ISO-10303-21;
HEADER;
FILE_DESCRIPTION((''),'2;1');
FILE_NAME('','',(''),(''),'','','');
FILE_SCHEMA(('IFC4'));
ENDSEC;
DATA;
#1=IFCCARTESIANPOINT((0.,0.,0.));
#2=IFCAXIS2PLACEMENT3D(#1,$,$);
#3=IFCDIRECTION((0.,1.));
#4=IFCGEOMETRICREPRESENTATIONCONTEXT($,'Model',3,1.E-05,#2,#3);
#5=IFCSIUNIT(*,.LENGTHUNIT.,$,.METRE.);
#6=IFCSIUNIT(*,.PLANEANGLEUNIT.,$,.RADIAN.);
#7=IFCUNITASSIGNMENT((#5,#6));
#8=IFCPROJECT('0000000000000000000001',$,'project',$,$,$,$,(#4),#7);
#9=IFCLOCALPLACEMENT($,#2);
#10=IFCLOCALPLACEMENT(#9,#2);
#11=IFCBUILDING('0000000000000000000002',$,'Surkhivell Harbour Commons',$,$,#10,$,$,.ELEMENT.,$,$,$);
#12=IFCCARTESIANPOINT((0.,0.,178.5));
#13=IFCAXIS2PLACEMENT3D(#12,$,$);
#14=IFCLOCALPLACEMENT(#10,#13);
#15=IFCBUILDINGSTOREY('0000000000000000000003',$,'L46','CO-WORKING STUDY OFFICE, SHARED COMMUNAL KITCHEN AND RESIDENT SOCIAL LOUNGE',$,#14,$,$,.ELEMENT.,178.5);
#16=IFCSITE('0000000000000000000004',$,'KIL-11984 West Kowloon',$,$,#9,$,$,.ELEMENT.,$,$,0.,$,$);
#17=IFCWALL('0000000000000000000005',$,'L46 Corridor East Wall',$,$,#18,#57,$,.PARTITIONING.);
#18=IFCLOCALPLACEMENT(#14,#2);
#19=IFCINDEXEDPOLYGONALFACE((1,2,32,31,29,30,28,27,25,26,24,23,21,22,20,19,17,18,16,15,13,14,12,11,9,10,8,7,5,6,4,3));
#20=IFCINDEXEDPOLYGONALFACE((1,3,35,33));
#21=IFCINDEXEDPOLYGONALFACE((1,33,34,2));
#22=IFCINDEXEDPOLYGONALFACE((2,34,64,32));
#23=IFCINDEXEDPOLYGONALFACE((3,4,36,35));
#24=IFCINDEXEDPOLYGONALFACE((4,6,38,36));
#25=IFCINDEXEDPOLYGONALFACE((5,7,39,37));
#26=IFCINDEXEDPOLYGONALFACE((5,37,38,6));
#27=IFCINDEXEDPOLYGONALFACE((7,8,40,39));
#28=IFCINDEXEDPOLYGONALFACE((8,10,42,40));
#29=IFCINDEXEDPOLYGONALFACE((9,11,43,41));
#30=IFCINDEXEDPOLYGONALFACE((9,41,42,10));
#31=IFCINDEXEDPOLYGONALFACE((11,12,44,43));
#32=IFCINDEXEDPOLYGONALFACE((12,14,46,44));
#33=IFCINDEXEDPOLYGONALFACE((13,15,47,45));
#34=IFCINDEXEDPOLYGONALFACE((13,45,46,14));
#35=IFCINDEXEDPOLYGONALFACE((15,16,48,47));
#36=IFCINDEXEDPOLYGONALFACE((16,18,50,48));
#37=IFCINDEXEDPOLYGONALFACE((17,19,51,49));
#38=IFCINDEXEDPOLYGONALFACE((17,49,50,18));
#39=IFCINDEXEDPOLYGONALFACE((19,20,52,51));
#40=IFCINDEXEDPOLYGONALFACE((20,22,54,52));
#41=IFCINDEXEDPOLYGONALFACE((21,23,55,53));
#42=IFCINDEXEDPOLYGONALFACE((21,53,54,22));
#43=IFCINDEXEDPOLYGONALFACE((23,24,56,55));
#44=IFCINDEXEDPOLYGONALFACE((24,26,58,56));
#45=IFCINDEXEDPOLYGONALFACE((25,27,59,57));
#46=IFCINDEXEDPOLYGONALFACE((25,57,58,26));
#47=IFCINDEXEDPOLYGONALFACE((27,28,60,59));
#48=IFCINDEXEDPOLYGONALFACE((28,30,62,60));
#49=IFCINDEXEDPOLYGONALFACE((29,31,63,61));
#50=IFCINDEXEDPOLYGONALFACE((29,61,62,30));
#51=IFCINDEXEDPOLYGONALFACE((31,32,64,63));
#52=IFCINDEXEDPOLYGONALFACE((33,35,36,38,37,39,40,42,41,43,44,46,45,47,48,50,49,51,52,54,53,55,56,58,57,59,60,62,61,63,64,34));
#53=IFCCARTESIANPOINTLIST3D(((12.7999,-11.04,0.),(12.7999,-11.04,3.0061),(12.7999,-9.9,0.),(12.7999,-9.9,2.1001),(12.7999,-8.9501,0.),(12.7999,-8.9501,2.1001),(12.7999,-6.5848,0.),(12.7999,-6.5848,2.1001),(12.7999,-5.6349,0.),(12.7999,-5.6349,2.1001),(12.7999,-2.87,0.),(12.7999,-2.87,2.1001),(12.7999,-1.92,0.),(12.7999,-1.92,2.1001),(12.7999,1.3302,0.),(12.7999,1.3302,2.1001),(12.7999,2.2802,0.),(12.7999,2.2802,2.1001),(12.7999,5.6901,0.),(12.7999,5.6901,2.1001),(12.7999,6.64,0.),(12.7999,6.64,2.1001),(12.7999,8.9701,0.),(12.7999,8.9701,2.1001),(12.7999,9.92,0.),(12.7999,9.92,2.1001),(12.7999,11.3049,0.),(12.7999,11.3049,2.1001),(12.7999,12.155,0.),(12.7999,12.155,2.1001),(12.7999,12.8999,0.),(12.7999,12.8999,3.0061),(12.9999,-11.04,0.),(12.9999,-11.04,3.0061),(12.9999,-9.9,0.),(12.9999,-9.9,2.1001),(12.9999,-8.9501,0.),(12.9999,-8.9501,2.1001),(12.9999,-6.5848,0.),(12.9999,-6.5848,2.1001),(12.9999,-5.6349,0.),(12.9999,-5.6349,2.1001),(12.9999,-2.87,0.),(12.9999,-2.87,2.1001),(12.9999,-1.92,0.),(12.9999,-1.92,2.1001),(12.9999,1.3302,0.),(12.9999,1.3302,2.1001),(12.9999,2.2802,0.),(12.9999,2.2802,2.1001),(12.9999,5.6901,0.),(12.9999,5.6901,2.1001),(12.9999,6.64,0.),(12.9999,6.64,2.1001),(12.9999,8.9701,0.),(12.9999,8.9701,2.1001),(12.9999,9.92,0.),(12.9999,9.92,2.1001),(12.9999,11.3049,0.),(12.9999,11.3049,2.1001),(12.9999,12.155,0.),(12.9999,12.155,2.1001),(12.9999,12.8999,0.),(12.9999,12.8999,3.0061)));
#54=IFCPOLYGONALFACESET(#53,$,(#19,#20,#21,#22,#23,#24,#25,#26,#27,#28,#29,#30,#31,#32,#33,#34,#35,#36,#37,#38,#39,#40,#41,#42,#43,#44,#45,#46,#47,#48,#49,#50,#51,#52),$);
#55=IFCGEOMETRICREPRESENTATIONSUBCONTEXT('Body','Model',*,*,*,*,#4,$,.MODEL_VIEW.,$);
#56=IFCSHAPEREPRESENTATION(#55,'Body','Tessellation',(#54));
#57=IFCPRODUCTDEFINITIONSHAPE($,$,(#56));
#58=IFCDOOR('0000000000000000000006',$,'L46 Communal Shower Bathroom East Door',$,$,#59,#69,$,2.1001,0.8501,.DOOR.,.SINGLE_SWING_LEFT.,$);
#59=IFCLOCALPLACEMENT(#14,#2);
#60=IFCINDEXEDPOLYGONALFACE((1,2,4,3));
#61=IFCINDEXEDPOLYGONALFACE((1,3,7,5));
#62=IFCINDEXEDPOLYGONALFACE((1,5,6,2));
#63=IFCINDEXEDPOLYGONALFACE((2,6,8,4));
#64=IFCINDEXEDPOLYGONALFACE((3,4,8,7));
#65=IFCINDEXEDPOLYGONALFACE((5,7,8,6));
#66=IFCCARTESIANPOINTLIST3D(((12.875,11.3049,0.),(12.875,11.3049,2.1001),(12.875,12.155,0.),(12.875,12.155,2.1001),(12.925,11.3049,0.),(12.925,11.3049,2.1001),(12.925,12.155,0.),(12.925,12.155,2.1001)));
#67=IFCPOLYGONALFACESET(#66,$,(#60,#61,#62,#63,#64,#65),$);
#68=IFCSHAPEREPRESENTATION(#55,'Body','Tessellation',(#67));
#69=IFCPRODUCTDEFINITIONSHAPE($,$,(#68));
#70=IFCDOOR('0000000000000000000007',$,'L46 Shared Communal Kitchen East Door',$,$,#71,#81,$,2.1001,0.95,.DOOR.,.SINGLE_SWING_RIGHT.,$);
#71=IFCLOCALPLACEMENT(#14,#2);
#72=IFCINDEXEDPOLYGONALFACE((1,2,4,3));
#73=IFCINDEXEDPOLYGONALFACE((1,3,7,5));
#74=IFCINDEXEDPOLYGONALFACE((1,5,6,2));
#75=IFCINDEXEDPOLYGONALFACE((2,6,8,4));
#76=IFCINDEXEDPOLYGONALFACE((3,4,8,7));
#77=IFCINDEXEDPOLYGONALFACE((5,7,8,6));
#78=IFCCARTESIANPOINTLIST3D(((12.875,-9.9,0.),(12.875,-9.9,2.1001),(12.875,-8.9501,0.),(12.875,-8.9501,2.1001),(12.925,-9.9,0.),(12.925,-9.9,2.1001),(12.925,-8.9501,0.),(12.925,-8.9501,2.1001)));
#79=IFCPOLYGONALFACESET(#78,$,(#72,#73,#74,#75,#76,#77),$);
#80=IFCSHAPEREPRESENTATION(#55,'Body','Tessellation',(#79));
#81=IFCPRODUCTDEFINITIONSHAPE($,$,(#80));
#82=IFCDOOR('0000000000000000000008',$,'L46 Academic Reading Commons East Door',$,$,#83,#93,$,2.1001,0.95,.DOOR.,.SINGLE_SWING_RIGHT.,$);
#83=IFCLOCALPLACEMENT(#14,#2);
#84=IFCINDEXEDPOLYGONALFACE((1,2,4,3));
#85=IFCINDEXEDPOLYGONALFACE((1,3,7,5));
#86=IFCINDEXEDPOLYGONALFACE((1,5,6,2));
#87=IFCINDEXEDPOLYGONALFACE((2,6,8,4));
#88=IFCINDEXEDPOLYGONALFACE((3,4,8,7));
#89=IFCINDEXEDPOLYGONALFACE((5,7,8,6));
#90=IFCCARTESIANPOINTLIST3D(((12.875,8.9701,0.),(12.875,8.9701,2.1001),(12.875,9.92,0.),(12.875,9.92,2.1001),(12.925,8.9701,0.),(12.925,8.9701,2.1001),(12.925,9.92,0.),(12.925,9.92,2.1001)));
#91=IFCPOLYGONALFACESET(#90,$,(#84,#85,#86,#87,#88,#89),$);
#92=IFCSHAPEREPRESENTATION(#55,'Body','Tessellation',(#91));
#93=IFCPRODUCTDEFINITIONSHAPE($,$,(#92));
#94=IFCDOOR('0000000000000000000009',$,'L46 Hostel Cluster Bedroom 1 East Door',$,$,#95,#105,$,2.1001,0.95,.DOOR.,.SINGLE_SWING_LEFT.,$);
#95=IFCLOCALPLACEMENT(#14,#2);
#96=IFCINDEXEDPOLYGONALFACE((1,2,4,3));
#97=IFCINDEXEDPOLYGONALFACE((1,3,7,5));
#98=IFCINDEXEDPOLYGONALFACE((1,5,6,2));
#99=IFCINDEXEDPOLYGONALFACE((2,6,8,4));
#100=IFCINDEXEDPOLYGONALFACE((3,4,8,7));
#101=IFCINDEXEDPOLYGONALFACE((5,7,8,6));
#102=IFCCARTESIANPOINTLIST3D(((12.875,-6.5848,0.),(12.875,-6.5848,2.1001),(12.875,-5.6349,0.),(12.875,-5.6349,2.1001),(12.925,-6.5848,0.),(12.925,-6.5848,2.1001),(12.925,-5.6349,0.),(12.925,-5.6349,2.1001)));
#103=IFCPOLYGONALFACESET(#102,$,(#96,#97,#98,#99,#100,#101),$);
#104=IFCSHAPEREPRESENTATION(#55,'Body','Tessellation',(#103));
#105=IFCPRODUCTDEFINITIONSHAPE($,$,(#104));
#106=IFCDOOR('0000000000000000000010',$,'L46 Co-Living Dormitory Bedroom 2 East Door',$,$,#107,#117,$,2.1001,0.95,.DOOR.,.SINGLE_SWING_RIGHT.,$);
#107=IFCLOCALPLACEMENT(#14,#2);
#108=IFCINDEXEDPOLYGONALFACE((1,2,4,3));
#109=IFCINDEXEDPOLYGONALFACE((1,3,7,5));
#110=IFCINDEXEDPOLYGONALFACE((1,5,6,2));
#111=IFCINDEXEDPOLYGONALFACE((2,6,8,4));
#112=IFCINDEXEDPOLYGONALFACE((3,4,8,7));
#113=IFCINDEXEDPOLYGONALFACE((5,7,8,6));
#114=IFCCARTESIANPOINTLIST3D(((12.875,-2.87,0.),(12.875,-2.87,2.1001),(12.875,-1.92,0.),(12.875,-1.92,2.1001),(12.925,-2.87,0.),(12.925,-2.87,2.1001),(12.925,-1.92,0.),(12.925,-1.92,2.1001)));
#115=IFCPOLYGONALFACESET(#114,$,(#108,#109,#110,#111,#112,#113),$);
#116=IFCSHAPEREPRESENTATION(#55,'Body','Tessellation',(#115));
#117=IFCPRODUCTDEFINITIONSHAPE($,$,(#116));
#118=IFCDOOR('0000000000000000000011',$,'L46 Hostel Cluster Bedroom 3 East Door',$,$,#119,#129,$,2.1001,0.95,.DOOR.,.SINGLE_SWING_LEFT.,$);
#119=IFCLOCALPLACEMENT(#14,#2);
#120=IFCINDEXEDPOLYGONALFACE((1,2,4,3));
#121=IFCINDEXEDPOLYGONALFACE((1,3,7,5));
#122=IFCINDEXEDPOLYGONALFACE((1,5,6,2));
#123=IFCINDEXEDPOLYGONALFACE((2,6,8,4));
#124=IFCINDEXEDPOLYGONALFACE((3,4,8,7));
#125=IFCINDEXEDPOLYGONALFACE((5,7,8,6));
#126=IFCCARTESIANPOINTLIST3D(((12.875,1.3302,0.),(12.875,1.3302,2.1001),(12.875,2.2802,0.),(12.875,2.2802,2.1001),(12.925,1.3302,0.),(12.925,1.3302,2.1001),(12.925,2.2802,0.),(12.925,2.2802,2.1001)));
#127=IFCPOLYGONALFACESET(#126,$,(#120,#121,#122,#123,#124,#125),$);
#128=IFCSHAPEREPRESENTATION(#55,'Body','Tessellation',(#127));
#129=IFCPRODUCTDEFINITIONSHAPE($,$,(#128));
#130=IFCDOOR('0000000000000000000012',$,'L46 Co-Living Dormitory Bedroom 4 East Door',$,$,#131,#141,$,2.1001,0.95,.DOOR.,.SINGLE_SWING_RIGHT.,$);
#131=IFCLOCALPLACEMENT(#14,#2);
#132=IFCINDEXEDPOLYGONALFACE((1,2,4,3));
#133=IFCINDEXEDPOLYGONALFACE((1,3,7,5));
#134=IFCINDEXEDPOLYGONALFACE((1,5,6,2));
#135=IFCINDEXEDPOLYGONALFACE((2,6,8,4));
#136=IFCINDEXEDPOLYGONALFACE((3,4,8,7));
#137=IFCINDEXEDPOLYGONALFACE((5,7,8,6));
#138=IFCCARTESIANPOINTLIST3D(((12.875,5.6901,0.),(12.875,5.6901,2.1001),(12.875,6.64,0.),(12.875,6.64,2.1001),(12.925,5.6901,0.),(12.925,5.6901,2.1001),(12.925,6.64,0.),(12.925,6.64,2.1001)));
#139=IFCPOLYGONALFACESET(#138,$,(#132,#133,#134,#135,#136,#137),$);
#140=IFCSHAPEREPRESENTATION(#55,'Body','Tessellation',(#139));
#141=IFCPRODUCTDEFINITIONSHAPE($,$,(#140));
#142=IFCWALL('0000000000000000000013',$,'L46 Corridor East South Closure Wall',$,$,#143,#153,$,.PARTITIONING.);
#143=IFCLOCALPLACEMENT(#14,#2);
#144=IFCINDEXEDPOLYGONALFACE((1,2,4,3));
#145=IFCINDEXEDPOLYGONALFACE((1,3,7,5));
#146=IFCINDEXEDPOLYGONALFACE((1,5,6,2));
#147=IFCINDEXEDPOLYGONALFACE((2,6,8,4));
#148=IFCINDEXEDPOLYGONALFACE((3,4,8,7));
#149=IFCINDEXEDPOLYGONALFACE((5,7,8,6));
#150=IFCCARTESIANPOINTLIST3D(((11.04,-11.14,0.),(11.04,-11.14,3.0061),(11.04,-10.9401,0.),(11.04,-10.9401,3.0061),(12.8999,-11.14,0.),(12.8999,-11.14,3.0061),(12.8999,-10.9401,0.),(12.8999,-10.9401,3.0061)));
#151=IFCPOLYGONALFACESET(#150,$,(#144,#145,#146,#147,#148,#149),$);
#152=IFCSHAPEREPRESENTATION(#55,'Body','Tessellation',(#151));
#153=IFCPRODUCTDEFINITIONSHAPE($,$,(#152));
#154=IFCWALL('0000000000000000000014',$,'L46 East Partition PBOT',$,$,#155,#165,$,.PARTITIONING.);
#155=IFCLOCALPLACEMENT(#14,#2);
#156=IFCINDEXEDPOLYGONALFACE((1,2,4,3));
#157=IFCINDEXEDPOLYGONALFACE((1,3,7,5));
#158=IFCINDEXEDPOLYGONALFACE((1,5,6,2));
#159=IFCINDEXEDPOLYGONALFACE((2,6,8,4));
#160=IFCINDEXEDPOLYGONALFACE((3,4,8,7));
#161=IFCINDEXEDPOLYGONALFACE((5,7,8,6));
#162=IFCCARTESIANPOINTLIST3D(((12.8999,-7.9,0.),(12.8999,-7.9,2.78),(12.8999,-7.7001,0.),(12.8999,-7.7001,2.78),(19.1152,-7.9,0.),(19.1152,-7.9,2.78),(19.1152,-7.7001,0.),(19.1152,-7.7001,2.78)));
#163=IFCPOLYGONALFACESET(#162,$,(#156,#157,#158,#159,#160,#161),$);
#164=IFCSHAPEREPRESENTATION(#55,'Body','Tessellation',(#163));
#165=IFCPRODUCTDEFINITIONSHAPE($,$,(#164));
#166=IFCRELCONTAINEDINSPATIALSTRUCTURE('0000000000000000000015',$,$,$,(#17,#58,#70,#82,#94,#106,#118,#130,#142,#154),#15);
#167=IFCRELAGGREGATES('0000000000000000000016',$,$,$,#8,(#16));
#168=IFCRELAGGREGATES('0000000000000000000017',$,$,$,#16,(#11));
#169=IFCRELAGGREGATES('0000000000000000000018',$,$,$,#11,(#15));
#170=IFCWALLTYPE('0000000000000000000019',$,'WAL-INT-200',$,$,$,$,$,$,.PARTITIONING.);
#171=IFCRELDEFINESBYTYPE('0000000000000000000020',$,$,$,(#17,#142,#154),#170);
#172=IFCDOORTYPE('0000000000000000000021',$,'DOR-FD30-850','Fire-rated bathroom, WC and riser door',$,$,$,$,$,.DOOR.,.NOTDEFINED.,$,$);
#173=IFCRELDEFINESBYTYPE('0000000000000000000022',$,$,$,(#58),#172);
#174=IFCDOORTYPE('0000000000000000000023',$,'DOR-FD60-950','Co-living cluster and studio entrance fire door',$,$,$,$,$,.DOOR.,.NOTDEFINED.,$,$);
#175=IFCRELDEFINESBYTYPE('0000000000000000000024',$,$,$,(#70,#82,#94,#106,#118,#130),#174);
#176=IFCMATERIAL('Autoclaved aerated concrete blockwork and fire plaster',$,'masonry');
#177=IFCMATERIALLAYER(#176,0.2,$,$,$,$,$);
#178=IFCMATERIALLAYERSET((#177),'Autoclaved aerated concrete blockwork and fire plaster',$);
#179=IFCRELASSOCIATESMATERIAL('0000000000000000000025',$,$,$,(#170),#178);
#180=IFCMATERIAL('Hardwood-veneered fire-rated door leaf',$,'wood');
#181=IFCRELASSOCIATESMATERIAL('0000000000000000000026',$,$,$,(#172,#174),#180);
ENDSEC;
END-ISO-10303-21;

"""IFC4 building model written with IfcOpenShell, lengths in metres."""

from ifc_helpers import new_model, si_unit, direction, frame, frame_2d, origin, place, context, subcontext, project, spatial, rectangle, extrude, material, layer, layer_set, type_object, element, fill, save


model = new_model("IFC4")

# Units and contexts
model_context = context("Model", 3, precision=1e-05, world=origin(), true_north=direction((0.0, 1.0)))
body_context = subcontext(model_context, "Body", "Model", "MODEL_VIEW")
ifc_project = project(units=[si_unit("LENGTHUNIT", "METRE"), si_unit("PLANEANGLEUNIT", "RADIAN")], contexts=[model_context])

# Site, building, storey
site_placement = place(None, origin())
site = spatial("IfcSite", under=ifc_project, at=site_placement, Name="KIL-11984 West Kowloon", CompositionType="ELEMENT", RefElevation=0.0)
building_placement = place(site_placement, origin())
building = spatial("IfcBuilding", under=site, at=building_placement, Name="Surkhivell Harbour Commons", CompositionType="ELEMENT")
storey_placement = place(building_placement, frame((0.0, 0.0, 178.5)))
storey = spatial("IfcBuildingStorey", under=building, at=storey_placement, Name="L46", Description="CO-WORKING STUDY OFFICE, SHARED COMMUNAL KITCHEN AND RESIDENT SOCIAL LOUNGE", CompositionType="ELEMENT", Elevation=178.5)

# Wall, openings, doors
ifc_material_1 = material(Name="Autoclaved aerated concrete blockwork and fire plaster", Category="masonry")
ifc_layer_1 = layer(ifc_material_1, 0.2)
ifc_layer_set_1 = layer_set([ifc_layer_1], Name="Autoclaved aerated concrete blockwork and fire plaster")
wall_type_1 = type_object("IfcWallType", Name="WAL-INT-200", PredefinedType="PARTITIONING", material=ifc_layer_set_1)
wall_1_placement = place(storey_placement, frame((12.8999, -11.04, 0.0), z_axis=(0.0, 0.0, 1.0), x_axis=(0.0, 1.0, 0.0)))
wall_1 = element("IfcWall", 1, at=wall_1_placement, inside=storey, type_object=wall_type_1, Name="L46 Corridor East Wall", PredefinedType="PARTITIONING", context=body_context, shape_type="SweptSolid", body=[
    extrude(rectangle(XDim=23.9399, YDim=0.2, at=frame_2d((11.97, 0.0))), origin(), (0.0, 0.0, 1.0), 3.0061),
])
opening_1_placement = place(wall_1_placement, frame((1.1399, 0.0, 0.0)))
opening_1 = element("IfcOpeningElement", 2, at=opening_1_placement, cuts=wall_1, PredefinedType="OPENING", context=body_context, shape_type="SweptSolid", body=[
    extrude(rectangle(XDim=0.95, YDim=2.1001, at=frame_2d((0.4751, 1.05))), frame((0.0, 0.1099, 0.0), z_axis=(0.0, -1.0, 0.0), x_axis=(1.0, 0.0, 0.0)), (0.0, 0.0, 1.0), 0.22),
])
opening_2_placement = place(wall_1_placement, frame((22.345, 0.0, 0.0)))
opening_2 = element("IfcOpeningElement", 3, at=opening_2_placement, cuts=wall_1, PredefinedType="OPENING", context=body_context, shape_type="SweptSolid", body=[
    extrude(rectangle(XDim=0.8501, YDim=2.1001, at=frame_2d((0.425, 1.05))), frame((0.0, 0.1099, 0.0), z_axis=(0.0, -1.0, 0.0), x_axis=(1.0, 0.0, 0.0)), (0.0, 0.0, 1.0), 0.22),
])
opening_3_placement = place(wall_1_placement, frame((20.01, 0.0, 0.0)))
opening_3 = element("IfcOpeningElement", 4, at=opening_3_placement, cuts=wall_1, PredefinedType="OPENING", context=body_context, shape_type="SweptSolid", body=[
    extrude(rectangle(XDim=0.95, YDim=2.1001, at=frame_2d((0.4751, 1.05))), frame((0.0, 0.1099, 0.0), z_axis=(0.0, -1.0, 0.0), x_axis=(1.0, 0.0, 0.0)), (0.0, 0.0, 1.0), 0.22),
])
opening_4_placement = place(wall_1_placement, frame((4.4551, 0.0, 0.0)))
opening_4 = element("IfcOpeningElement", 5, at=opening_4_placement, cuts=wall_1, PredefinedType="OPENING", context=body_context, shape_type="SweptSolid", body=[
    extrude(rectangle(XDim=0.95, YDim=2.1001, at=frame_2d((0.4751, 1.05))), frame((0.0, 0.1099, 0.0), z_axis=(0.0, -1.0, 0.0), x_axis=(1.0, 0.0, 0.0)), (0.0, 0.0, 1.0), 0.22),
])
opening_5_placement = place(wall_1_placement, frame((8.1699, 0.0, 0.0)))
opening_5 = element("IfcOpeningElement", 6, at=opening_5_placement, cuts=wall_1, PredefinedType="OPENING", context=body_context, shape_type="SweptSolid", body=[
    extrude(rectangle(XDim=0.95, YDim=2.1001, at=frame_2d((0.4751, 1.05))), frame((0.0, 0.1099, 0.0), z_axis=(0.0, -1.0, 0.0), x_axis=(1.0, 0.0, 0.0)), (0.0, 0.0, 1.0), 0.22),
])
opening_6_placement = place(wall_1_placement, frame((12.3701, 0.0, 0.0)))
opening_6 = element("IfcOpeningElement", 7, at=opening_6_placement, cuts=wall_1, PredefinedType="OPENING", context=body_context, shape_type="SweptSolid", body=[
    extrude(rectangle(XDim=0.95, YDim=2.1001, at=frame_2d((0.4751, 1.05))), frame((0.0, 0.1099, 0.0), z_axis=(0.0, -1.0, 0.0), x_axis=(1.0, 0.0, 0.0)), (0.0, 0.0, 1.0), 0.22),
])
opening_7_placement = place(wall_1_placement, frame((16.73, 0.0, 0.0)))
opening_7 = element("IfcOpeningElement", 8, at=opening_7_placement, cuts=wall_1, PredefinedType="OPENING", context=body_context, shape_type="SweptSolid", body=[
    extrude(rectangle(XDim=0.95, YDim=2.1001, at=frame_2d((0.4751, 1.05))), frame((0.0, 0.1099, 0.0), z_axis=(0.0, -1.0, 0.0), x_axis=(1.0, 0.0, 0.0)), (0.0, 0.0, 1.0), 0.22),
])
ifc_material_2 = material(Name="Hardwood-veneered fire-rated door leaf", Category="wood")
door_type_1 = type_object("IfcDoorType", Name="DOR-FD30-850", Description="Fire-rated bathroom, WC and riser door", OperationType="NOTDEFINED", PredefinedType="DOOR", material=ifc_material_2)
door_1_placement = place(opening_2_placement, origin())
door_1 = element("IfcDoor", 9, at=door_1_placement, inside=storey, type_object=door_type_1, Name="L46 Communal Shower Bathroom East Door", OperationType="SINGLE_SWING_LEFT", OverallHeight=2.1001, OverallWidth=0.8501, PredefinedType="DOOR", context=body_context, shape_type="SweptSolid", body=[
    extrude(rectangle(XDim=0.8501, YDim=2.1001, at=frame_2d((0.425, 1.05))), frame((0.0, 0.0249, 0.0), z_axis=(0.0, -1.0, 0.0), x_axis=(1.0, 0.0, 0.0)), (0.0, 0.0, 1.0), 0.05),
])
fill(opening_2, door_1)
door_type_2 = type_object("IfcDoorType", Name="DOR-FD60-950", Description="Co-living cluster and studio entrance fire door", OperationType="NOTDEFINED", PredefinedType="DOOR", material=ifc_material_2)
door_2_placement = place(opening_1_placement, origin())
door_2 = element("IfcDoor", 10, at=door_2_placement, inside=storey, type_object=door_type_2, Name="L46 Shared Communal Kitchen East Door", OperationType="SINGLE_SWING_RIGHT", OverallHeight=2.1001, OverallWidth=0.95, PredefinedType="DOOR", context=body_context, shape_type="SweptSolid", body=[
    extrude(rectangle(XDim=0.95, YDim=2.1001, at=frame_2d((0.4751, 1.05))), frame((0.0, 0.0249, 0.0), z_axis=(0.0, -1.0, 0.0), x_axis=(1.0, 0.0, 0.0)), (0.0, 0.0, 1.0), 0.05),
])
fill(opening_1, door_2)
door_3_placement = place(opening_3_placement, origin())
door_3 = element("IfcDoor", 11, at=door_3_placement, inside=storey, type_object=door_type_2, Name="L46 Academic Reading Commons East Door", OperationType="SINGLE_SWING_RIGHT", OverallHeight=2.1001, OverallWidth=0.95, PredefinedType="DOOR", context=body_context, shape_type="SweptSolid", body=[
    extrude(rectangle(XDim=0.95, YDim=2.1001, at=frame_2d((0.4751, 1.05))), frame((0.0, 0.0249, 0.0), z_axis=(0.0, -1.0, 0.0), x_axis=(1.0, 0.0, 0.0)), (0.0, 0.0, 1.0), 0.05),
])
fill(opening_3, door_3)
door_4_placement = place(opening_4_placement, origin())
door_4 = element("IfcDoor", 12, at=door_4_placement, inside=storey, type_object=door_type_2, Name="L46 Hostel Cluster Bedroom 1 East Door", OperationType="SINGLE_SWING_LEFT", OverallHeight=2.1001, OverallWidth=0.95, PredefinedType="DOOR", context=body_context, shape_type="SweptSolid", body=[
    extrude(rectangle(XDim=0.95, YDim=2.1001, at=frame_2d((0.4751, 1.05))), frame((0.0, 0.0249, 0.0), z_axis=(0.0, -1.0, 0.0), x_axis=(1.0, 0.0, 0.0)), (0.0, 0.0, 1.0), 0.05),
])
fill(opening_4, door_4)
door_5_placement = place(opening_5_placement, origin())
door_5 = element("IfcDoor", 13, at=door_5_placement, inside=storey, type_object=door_type_2, Name="L46 Co-Living Dormitory Bedroom 2 East Door", OperationType="SINGLE_SWING_RIGHT", OverallHeight=2.1001, OverallWidth=0.95, PredefinedType="DOOR", context=body_context, shape_type="SweptSolid", body=[
    extrude(rectangle(XDim=0.95, YDim=2.1001, at=frame_2d((0.4751, 1.05))), frame((0.0, 0.0249, 0.0), z_axis=(0.0, -1.0, 0.0), x_axis=(1.0, 0.0, 0.0)), (0.0, 0.0, 1.0), 0.05),
])
fill(opening_5, door_5)
door_6_placement = place(opening_6_placement, origin())
door_6 = element("IfcDoor", 14, at=door_6_placement, inside=storey, type_object=door_type_2, Name="L46 Hostel Cluster Bedroom 3 East Door", OperationType="SINGLE_SWING_LEFT", OverallHeight=2.1001, OverallWidth=0.95, PredefinedType="DOOR", context=body_context, shape_type="SweptSolid", body=[
    extrude(rectangle(XDim=0.95, YDim=2.1001, at=frame_2d((0.4751, 1.05))), frame((0.0, 0.0249, 0.0), z_axis=(0.0, -1.0, 0.0), x_axis=(1.0, 0.0, 0.0)), (0.0, 0.0, 1.0), 0.05),
])
fill(opening_6, door_6)
door_7_placement = place(opening_7_placement, origin())
door_7 = element("IfcDoor", 15, at=door_7_placement, inside=storey, type_object=door_type_2, Name="L46 Co-Living Dormitory Bedroom 4 East Door", OperationType="SINGLE_SWING_RIGHT", OverallHeight=2.1001, OverallWidth=0.95, PredefinedType="DOOR", context=body_context, shape_type="SweptSolid", body=[
    extrude(rectangle(XDim=0.95, YDim=2.1001, at=frame_2d((0.4751, 1.05))), frame((0.0, 0.0249, 0.0), z_axis=(0.0, -1.0, 0.0), x_axis=(1.0, 0.0, 0.0)), (0.0, 0.0, 1.0), 0.05),
])
fill(opening_7, door_7)

# Walls
wall_2_placement = place(storey_placement, frame((11.04, -11.04, 0.0), z_axis=(0.0, 0.0, 1.0), x_axis=(1.0, 0.0, 0.0)))
element("IfcWall", 16, at=wall_2_placement, inside=storey, type_object=wall_type_1, Name="L46 Corridor East South Closure Wall", PredefinedType="PARTITIONING", context=body_context, shape_type="SweptSolid", body=[
    extrude(rectangle(XDim=1.8599, YDim=0.2, at=frame_2d((0.9299, 0.0))), origin(), (0.0, 0.0, 1.0), 3.0061),
])
wall_3_placement = place(storey_placement, frame((12.8999, -7.8, 0.0), z_axis=(0.0, 0.0, 1.0), x_axis=(1.0, 0.0, 0.0)))
element("IfcWall", 17, at=wall_3_placement, inside=storey, type_object=wall_type_1, Name="L46 East Partition PBOT", PredefinedType="PARTITIONING", context=body_context, shape_type="SweptSolid", body=[
    extrude(rectangle(XDim=6.2153, YDim=0.2, at=frame_2d((3.1077, 0.0))), origin(), (0.0, 0.0, 1.0), 2.78),
])

save(model, "model.ifc")
